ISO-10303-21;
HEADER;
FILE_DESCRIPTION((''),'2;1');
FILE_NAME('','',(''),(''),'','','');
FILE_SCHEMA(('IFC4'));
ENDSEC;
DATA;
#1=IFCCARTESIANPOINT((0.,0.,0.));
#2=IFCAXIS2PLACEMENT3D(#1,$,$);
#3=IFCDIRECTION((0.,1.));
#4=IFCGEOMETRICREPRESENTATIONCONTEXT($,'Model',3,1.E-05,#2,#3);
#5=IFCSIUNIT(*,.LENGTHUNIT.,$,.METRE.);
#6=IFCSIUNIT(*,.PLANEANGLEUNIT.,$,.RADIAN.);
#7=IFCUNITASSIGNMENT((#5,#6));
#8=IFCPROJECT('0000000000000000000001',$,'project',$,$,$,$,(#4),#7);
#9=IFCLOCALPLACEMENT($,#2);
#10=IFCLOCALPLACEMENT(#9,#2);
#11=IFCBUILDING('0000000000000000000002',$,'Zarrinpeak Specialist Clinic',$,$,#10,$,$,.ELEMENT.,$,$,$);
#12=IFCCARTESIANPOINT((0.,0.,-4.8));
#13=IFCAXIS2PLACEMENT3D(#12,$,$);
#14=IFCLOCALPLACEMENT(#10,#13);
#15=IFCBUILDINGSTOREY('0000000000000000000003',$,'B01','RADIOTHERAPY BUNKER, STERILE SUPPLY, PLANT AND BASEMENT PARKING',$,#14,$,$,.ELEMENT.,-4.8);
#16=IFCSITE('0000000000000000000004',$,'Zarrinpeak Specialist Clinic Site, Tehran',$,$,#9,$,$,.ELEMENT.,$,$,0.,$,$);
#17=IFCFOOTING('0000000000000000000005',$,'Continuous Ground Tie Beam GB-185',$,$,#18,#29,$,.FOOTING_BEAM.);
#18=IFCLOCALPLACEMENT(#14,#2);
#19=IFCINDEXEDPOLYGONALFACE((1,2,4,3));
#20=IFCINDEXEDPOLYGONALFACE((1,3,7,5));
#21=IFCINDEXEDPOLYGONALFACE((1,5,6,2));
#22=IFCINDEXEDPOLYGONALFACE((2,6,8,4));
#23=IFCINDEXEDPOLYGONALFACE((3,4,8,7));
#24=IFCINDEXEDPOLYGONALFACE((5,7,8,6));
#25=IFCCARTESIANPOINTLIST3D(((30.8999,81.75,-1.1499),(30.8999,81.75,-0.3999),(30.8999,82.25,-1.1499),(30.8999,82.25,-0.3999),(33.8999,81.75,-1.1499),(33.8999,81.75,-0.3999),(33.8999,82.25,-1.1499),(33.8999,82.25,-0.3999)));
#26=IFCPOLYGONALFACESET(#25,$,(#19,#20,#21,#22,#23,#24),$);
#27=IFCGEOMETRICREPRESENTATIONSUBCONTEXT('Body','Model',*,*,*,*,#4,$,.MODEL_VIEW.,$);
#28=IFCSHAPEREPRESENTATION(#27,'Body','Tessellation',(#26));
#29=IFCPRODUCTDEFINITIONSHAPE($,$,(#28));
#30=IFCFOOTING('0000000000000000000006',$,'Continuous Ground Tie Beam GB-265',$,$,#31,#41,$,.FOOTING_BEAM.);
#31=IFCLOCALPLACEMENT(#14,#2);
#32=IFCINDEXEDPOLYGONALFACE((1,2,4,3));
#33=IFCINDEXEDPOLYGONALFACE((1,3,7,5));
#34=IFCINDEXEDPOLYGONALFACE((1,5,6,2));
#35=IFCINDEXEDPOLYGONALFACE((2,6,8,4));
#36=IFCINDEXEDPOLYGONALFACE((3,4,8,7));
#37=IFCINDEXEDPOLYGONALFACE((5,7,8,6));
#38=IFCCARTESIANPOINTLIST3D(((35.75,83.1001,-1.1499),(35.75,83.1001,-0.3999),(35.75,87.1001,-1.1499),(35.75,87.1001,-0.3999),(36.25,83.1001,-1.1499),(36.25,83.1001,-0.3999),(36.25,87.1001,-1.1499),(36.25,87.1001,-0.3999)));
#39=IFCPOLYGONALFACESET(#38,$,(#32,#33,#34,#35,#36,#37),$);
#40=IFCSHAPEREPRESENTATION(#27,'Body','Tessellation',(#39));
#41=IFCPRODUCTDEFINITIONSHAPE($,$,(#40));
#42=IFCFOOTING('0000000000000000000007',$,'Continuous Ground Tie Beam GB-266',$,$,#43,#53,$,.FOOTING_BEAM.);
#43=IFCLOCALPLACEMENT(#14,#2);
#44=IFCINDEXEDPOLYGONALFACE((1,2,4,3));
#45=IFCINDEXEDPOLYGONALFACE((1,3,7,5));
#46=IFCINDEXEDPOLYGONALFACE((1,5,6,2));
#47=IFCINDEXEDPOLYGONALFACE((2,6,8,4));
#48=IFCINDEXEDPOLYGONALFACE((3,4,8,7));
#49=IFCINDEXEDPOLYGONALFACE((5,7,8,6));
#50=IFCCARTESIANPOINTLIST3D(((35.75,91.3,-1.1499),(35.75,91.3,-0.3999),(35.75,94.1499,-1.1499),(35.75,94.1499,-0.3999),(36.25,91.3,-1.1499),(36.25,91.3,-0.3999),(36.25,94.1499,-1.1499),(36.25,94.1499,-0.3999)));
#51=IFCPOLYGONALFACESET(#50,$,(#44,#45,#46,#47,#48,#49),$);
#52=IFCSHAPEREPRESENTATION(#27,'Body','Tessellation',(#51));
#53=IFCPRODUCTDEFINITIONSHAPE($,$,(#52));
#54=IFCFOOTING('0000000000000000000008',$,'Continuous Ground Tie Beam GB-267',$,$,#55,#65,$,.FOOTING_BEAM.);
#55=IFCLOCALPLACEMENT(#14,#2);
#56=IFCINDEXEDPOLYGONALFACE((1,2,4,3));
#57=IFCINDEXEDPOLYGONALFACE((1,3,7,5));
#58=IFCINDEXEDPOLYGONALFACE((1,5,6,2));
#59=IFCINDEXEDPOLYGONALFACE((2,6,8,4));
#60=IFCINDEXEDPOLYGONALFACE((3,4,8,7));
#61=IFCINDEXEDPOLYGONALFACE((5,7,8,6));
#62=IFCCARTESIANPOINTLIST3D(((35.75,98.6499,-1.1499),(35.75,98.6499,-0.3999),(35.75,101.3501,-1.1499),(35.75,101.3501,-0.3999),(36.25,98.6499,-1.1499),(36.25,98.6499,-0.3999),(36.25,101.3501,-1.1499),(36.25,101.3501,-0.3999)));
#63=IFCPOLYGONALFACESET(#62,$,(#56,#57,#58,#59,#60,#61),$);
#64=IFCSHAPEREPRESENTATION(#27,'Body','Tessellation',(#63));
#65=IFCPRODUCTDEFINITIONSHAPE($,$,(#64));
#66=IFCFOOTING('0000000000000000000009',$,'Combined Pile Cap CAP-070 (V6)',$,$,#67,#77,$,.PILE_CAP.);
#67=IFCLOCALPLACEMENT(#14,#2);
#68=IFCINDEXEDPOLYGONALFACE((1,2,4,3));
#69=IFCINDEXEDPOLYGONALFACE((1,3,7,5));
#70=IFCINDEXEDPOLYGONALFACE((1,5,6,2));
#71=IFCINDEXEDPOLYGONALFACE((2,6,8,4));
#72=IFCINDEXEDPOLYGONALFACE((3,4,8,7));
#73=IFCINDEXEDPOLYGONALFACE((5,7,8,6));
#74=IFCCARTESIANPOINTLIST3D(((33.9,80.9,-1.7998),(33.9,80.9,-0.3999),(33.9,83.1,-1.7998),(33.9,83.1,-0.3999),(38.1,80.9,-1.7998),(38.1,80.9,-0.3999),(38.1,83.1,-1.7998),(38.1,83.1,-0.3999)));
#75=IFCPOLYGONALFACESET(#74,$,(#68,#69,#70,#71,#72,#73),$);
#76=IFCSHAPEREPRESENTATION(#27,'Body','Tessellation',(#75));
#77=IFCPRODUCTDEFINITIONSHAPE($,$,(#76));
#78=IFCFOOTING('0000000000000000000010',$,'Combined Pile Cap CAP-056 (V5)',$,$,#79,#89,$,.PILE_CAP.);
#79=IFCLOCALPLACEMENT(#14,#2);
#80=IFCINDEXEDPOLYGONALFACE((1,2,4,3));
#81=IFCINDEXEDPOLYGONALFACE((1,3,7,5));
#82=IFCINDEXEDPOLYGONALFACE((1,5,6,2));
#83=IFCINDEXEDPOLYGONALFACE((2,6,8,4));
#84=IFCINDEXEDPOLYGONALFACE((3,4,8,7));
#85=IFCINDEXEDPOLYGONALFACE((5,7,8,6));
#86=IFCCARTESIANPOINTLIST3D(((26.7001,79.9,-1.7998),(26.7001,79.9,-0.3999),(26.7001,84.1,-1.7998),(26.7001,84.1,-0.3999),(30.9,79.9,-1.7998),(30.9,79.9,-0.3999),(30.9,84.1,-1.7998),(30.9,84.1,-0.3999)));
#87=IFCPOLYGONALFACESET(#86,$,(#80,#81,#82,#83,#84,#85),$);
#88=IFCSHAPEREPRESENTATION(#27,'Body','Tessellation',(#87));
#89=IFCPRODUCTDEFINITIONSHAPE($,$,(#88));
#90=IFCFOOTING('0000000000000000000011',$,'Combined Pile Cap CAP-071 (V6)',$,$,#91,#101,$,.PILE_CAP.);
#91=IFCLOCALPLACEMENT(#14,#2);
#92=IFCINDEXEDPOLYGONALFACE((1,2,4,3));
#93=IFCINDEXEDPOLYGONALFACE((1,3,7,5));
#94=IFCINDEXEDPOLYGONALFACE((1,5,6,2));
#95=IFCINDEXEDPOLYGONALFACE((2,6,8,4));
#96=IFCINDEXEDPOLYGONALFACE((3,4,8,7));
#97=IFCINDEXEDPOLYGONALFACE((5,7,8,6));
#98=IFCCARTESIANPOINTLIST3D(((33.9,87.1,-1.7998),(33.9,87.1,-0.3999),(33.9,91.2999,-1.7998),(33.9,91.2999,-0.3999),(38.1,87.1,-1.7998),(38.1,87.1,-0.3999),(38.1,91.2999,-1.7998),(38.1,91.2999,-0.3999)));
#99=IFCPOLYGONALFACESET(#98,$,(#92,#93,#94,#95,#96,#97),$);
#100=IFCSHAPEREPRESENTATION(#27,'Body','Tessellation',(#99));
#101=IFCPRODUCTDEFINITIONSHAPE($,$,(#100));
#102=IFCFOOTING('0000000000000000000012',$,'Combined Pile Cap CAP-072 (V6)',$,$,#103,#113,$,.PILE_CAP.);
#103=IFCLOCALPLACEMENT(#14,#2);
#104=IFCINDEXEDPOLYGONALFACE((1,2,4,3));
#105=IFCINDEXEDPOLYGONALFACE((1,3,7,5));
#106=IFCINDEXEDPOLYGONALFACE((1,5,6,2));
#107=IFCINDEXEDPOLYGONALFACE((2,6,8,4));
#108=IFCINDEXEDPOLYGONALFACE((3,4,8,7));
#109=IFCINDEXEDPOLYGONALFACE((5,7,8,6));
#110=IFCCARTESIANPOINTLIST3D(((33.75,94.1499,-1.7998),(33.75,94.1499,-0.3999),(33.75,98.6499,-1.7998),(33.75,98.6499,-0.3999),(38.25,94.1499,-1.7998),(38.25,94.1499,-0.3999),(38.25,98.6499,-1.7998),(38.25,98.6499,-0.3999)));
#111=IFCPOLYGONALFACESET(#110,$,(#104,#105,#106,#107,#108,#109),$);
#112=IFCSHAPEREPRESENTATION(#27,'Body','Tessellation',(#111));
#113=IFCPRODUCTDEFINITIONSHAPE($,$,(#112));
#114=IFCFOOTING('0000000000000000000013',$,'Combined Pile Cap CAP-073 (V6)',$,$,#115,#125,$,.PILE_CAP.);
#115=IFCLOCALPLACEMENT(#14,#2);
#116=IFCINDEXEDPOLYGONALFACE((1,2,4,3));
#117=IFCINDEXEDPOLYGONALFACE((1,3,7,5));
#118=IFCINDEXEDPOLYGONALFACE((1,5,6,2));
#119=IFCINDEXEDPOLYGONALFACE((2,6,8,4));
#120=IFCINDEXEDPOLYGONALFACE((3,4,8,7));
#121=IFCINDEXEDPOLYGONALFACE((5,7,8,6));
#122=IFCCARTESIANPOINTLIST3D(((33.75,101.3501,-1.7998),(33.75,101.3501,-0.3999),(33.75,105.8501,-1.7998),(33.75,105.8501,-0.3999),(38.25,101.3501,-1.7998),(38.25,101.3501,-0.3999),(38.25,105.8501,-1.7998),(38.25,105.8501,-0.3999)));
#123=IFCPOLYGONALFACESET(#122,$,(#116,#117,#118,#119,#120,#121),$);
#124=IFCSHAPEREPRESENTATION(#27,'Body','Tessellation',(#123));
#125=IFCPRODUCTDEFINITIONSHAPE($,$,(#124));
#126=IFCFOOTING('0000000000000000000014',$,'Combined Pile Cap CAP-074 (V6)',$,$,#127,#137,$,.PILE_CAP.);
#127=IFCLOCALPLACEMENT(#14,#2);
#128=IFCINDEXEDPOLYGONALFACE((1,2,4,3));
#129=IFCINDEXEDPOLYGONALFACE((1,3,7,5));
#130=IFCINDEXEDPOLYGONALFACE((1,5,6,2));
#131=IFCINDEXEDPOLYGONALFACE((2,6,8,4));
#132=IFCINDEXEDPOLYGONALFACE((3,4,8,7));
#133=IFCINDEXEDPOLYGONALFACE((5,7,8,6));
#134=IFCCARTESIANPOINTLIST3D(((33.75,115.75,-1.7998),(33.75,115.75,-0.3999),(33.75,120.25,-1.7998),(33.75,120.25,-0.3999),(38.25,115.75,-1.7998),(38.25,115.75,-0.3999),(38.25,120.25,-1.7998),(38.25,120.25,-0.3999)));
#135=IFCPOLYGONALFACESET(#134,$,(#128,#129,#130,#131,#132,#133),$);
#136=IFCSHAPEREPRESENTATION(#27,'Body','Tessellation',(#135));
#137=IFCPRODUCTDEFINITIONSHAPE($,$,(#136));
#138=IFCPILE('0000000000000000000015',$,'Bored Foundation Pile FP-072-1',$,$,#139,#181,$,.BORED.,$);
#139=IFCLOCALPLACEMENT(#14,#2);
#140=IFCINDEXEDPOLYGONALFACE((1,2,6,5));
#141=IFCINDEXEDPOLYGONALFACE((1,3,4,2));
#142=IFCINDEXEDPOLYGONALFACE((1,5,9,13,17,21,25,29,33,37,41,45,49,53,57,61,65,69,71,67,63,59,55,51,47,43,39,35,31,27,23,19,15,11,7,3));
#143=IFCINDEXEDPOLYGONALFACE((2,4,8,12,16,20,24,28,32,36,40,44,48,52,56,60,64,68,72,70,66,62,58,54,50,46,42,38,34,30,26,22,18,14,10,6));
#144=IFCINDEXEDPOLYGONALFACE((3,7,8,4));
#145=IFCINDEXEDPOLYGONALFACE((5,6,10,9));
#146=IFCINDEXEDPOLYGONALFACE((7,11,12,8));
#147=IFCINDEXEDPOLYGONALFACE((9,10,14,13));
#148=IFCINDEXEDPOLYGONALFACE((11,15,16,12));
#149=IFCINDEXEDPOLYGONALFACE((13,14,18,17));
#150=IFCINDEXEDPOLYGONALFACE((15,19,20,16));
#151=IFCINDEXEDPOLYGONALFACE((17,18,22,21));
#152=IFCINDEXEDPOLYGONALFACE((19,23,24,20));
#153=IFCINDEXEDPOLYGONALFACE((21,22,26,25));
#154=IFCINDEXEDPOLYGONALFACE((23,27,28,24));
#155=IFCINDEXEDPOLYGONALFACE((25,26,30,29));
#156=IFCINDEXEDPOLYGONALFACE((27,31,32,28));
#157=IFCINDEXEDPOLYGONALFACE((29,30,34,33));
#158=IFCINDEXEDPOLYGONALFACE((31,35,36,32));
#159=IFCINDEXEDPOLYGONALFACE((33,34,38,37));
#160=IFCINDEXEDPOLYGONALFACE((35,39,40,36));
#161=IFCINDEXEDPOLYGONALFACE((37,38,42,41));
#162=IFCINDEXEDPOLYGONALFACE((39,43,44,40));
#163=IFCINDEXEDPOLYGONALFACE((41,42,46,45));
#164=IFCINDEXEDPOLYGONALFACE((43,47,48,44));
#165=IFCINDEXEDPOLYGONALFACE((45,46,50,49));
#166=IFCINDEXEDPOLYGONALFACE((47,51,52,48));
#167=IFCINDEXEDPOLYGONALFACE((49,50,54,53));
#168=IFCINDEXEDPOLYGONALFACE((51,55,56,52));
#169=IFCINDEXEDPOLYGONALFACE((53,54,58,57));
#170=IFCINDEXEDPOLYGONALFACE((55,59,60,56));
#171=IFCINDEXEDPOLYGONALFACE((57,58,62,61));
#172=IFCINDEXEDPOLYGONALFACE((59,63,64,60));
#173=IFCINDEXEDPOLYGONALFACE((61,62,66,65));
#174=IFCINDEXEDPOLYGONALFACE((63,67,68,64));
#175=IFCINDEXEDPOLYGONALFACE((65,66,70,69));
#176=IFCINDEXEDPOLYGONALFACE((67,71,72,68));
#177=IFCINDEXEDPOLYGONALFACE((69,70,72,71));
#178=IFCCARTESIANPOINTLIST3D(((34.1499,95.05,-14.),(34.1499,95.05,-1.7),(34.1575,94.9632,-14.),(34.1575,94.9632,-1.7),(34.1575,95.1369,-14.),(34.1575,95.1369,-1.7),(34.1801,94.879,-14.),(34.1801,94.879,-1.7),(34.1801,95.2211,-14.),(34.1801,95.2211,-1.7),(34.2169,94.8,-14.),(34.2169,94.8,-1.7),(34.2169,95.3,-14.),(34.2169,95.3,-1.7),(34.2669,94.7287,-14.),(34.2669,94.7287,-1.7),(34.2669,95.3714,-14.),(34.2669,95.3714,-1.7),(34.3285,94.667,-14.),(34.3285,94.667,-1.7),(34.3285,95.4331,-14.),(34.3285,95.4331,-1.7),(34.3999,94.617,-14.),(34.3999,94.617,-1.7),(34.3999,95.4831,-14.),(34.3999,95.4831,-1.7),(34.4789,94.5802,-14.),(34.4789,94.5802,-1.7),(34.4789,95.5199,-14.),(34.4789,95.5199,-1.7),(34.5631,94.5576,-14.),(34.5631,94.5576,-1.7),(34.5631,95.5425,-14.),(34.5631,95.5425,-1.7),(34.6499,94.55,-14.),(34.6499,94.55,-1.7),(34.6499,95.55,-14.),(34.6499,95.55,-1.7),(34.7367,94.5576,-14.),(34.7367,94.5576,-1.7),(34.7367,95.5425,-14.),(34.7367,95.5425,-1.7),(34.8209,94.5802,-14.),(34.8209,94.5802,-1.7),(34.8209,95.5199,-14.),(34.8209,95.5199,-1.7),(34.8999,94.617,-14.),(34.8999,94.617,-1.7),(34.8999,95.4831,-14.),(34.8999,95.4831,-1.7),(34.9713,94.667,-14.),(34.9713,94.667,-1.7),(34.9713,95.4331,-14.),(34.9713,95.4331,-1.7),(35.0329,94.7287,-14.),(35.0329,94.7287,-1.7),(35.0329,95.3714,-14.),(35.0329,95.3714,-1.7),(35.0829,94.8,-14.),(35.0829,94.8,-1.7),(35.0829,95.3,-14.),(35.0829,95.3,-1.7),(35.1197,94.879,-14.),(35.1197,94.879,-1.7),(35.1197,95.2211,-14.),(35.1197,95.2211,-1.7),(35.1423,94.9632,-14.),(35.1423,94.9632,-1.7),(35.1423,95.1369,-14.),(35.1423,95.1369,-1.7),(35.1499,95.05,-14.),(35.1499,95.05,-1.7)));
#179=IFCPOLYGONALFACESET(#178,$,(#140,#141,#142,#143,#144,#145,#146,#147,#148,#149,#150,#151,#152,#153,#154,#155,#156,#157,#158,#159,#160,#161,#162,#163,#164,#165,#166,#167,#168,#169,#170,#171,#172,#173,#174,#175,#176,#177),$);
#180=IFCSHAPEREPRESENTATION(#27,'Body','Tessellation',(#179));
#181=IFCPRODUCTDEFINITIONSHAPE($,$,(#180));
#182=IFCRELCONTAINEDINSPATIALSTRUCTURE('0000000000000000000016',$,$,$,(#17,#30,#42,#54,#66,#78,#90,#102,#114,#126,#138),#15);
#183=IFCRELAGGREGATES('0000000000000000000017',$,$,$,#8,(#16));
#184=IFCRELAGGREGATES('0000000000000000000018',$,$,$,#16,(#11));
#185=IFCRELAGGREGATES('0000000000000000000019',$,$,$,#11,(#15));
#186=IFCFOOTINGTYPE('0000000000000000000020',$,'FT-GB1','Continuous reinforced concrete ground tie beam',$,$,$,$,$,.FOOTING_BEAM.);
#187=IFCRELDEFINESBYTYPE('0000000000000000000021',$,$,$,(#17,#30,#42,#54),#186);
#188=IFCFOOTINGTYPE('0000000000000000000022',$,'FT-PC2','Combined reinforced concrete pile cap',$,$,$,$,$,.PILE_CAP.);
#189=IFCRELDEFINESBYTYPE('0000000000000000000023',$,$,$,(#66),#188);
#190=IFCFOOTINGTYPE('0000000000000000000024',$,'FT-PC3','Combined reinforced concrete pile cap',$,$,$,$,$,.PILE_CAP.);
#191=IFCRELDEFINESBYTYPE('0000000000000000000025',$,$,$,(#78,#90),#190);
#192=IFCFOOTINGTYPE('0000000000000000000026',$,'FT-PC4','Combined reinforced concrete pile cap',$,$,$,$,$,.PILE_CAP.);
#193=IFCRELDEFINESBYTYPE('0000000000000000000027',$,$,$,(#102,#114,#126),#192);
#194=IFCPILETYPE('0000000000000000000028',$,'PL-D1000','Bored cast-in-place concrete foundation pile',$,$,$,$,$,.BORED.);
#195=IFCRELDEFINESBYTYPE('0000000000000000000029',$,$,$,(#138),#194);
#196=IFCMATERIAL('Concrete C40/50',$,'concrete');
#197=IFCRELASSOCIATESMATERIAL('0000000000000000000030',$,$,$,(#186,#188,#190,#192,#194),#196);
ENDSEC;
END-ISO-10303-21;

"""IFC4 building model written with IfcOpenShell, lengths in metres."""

from ifc_helpers import new_model, si_unit, direction, frame, origin, origin_2d, place, context, subcontext, project, spatial, rectangle, circle, extrude, material, material_profile, profile_set, type_object, element, save


model = new_model("IFC4")

# Units and contexts
model_context = context("Model", 3, precision=1e-05, world=origin(), true_north=direction((0.0, 1.0)))
body_context = subcontext(model_context, "Body", "Model", "MODEL_VIEW")
ifc_project = project(units=[si_unit("LENGTHUNIT", "METRE"), si_unit("PLANEANGLEUNIT", "RADIAN")], contexts=[model_context])

# Site, building, storey
site_placement = place(None, origin())
site = spatial("IfcSite", under=ifc_project, at=site_placement, Name="Zarrinpeak Specialist Clinic Site, Tehran", CompositionType="ELEMENT", RefElevation=0.0)
building_placement = place(site_placement, origin())
building = spatial("IfcBuilding", under=site, at=building_placement, Name="Zarrinpeak Specialist Clinic", CompositionType="ELEMENT")
storey_placement = place(building_placement, frame((0.0, 0.0, -4.8)))
storey = spatial("IfcBuildingStorey", under=building, at=storey_placement, Name="B01", Description="RADIOTHERAPY BUNKER, STERILE SUPPLY, PLANT AND BASEMENT PARKING", CompositionType="ELEMENT", Elevation=-4.8)

# Footings
ifc_material_1 = material(Name="Concrete C40/50", Category="concrete")
ifc_material_profile_1 = material_profile(ifc_material_1, rectangle(XDim=0.5, YDim=0.75, at=origin_2d()), Name="RC 500x750")
ifc_profile_set_1 = profile_set([ifc_material_profile_1], Name="Concrete C40/50")
footing_type_1 = type_object("IfcFootingType", Name="FT-GB1", Description="Continuous reinforced concrete ground tie beam", PredefinedType="FOOTING_BEAM", material=ifc_profile_set_1)
footing_1_placement = place(storey_placement, frame((30.8999, 82.0, -0.7749), z_axis=(1.0, 0.0, 0.0), x_axis=(0.0, 1.0, 0.0)))
element("IfcFooting", 1, at=footing_1_placement, inside=storey, type_object=footing_type_1, Name="Continuous Ground Tie Beam GB-185", PredefinedType="FOOTING_BEAM", context=body_context, shape_type="SweptSolid", body=[
    extrude(rectangle(XDim=0.5, YDim=0.75, at=origin_2d()), origin(), (0.0, 0.0, 1.0), 3.0),
])
footing_2_placement = place(storey_placement, frame((36.0, 83.1001, -0.7749), z_axis=(0.0, 1.0, 0.0), x_axis=(-1.0, 0.0, 0.0)))
element("IfcFooting", 2, at=footing_2_placement, inside=storey, type_object=footing_type_1, Name="Continuous Ground Tie Beam GB-265", PredefinedType="FOOTING_BEAM", context=body_context, shape_type="SweptSolid", body=[
    extrude(rectangle(XDim=0.5, YDim=0.75, at=origin_2d()), origin(), (0.0, 0.0, 1.0), 4.0),
])
footing_3_placement = place(storey_placement, frame((36.0, 91.3, -0.7749), z_axis=(0.0, 1.0, 0.0), x_axis=(-1.0, 0.0, 0.0)))
element("IfcFooting", 3, at=footing_3_placement, inside=storey, type_object=footing_type_1, Name="Continuous Ground Tie Beam GB-266", PredefinedType="FOOTING_BEAM", context=body_context, shape_type="SweptSolid", body=[
    extrude(rectangle(XDim=0.5, YDim=0.75, at=origin_2d()), origin(), (0.0, 0.0, 1.0), 2.8499),
])
footing_4_placement = place(storey_placement, frame((36.0, 98.6499, -0.7749), z_axis=(0.0, 1.0, 0.0), x_axis=(-1.0, 0.0, 0.0)))
element("IfcFooting", 4, at=footing_4_placement, inside=storey, type_object=footing_type_1, Name="Continuous Ground Tie Beam GB-267", PredefinedType="FOOTING_BEAM", context=body_context, shape_type="SweptSolid", body=[
    extrude(rectangle(XDim=0.5, YDim=0.75, at=origin_2d()), origin(), (0.0, 0.0, 1.0), 2.7002),
])
footing_type_2 = type_object("IfcFootingType", Name="FT-PC2", Description="Combined reinforced concrete pile cap", PredefinedType="PILE_CAP", material=ifc_material_1)
footing_5_placement = place(storey_placement, frame((36.0, 82.0, -1.7998), z_axis=(0.0, 0.0, 1.0), x_axis=(1.0, 0.0, 0.0)))
element("IfcFooting", 5, at=footing_5_placement, inside=storey, type_object=footing_type_2, Name="Combined Pile Cap CAP-070 (V6)", PredefinedType="PILE_CAP", context=body_context, shape_type="SweptSolid", body=[
    extrude(rectangle(XDim=4.2, YDim=2.2, at=origin_2d()), origin(), (0.0, 0.0, 1.0), 1.3999),
])
footing_type_3 = type_object("IfcFootingType", Name="FT-PC3", Description="Combined reinforced concrete pile cap", PredefinedType="PILE_CAP", material=ifc_material_1)
for number, where, z_axis, x_axis, name in (
    (6, (28.8, 82.0, -1.7998), (0.0, 0.0, 1.0), (1.0, 0.0, 0.0), "Combined Pile Cap CAP-056 (V5)"),
    (7, (36.0, 89.2, -1.7998), (0.0, 0.0, 1.0), (1.0, 0.0, 0.0), "Combined Pile Cap CAP-071 (V6)"),
):
    element("IfcFooting", number, at=place(storey_placement, frame(where, z_axis=z_axis, x_axis=x_axis)), inside=storey, type_object=footing_type_3, Name=name, PredefinedType="PILE_CAP", context=body_context, shape_type="SweptSolid", body=[
        extrude(rectangle(XDim=4.2, YDim=4.2, at=origin_2d()), origin(), (0.0, 0.0, 1.0), 1.3999),
    ])
footing_type_4 = type_object("IfcFootingType", Name="FT-PC4", Description="Combined reinforced concrete pile cap", PredefinedType="PILE_CAP", material=ifc_material_1)
for number, where, z_axis, x_axis, name in (
    (8, (36.0, 96.3999, -1.7998), (0.0, 0.0, 1.0), (1.0, 0.0, 0.0), "Combined Pile Cap CAP-072 (V6)"),
    (9, (36.0, 103.6001, -1.7998), (0.0, 0.0, 1.0), (1.0, 0.0, 0.0), "Combined Pile Cap CAP-073 (V6)"),
    (10, (36.0, 118.0, -1.7998), (0.0, 0.0, 1.0), (1.0, 0.0, 0.0), "Combined Pile Cap CAP-074 (V6)"),
):
    element("IfcFooting", number, at=place(storey_placement, frame(where, z_axis=z_axis, x_axis=x_axis)), inside=storey, type_object=footing_type_4, Name=name, PredefinedType="PILE_CAP", context=body_context, shape_type="SweptSolid", body=[
        extrude(rectangle(XDim=4.5, YDim=4.5, at=origin_2d()), origin(), (0.0, 0.0, 1.0), 1.3999),
    ])

# Pile
ifc_material_profile_2 = material_profile(ifc_material_1, circle(Radius=0.5, at=origin_2d()), Name="BORED PILE D1000")
ifc_profile_set_2 = profile_set([ifc_material_profile_2], Name="Concrete C40/50")
pile_type_1 = type_object("IfcPileType", Name="PL-D1000", Description="Bored cast-in-place concrete foundation pile", PredefinedType="BORED", material=ifc_profile_set_2)
for number, where, z_axis, x_axis, name in (
    (11, (34.6499, 95.05, -1.7), (0.0, 0.0, -1.0), (1.0, 0.0, 0.0), "Bored Foundation Pile FP-072-1"),
):
    element("IfcPile", number, at=place(storey_placement, frame(where, z_axis=z_axis, x_axis=x_axis)), inside=storey, type_object=pile_type_1, Name=name, PredefinedType="BORED", context=body_context, shape_type="SweptSolid", body=[
        extrude(circle(Radius=0.5, at=origin_2d()), origin(), (0.0, 0.0, 1.0), 12.3),
    ])

save(model, "model.ifc")
